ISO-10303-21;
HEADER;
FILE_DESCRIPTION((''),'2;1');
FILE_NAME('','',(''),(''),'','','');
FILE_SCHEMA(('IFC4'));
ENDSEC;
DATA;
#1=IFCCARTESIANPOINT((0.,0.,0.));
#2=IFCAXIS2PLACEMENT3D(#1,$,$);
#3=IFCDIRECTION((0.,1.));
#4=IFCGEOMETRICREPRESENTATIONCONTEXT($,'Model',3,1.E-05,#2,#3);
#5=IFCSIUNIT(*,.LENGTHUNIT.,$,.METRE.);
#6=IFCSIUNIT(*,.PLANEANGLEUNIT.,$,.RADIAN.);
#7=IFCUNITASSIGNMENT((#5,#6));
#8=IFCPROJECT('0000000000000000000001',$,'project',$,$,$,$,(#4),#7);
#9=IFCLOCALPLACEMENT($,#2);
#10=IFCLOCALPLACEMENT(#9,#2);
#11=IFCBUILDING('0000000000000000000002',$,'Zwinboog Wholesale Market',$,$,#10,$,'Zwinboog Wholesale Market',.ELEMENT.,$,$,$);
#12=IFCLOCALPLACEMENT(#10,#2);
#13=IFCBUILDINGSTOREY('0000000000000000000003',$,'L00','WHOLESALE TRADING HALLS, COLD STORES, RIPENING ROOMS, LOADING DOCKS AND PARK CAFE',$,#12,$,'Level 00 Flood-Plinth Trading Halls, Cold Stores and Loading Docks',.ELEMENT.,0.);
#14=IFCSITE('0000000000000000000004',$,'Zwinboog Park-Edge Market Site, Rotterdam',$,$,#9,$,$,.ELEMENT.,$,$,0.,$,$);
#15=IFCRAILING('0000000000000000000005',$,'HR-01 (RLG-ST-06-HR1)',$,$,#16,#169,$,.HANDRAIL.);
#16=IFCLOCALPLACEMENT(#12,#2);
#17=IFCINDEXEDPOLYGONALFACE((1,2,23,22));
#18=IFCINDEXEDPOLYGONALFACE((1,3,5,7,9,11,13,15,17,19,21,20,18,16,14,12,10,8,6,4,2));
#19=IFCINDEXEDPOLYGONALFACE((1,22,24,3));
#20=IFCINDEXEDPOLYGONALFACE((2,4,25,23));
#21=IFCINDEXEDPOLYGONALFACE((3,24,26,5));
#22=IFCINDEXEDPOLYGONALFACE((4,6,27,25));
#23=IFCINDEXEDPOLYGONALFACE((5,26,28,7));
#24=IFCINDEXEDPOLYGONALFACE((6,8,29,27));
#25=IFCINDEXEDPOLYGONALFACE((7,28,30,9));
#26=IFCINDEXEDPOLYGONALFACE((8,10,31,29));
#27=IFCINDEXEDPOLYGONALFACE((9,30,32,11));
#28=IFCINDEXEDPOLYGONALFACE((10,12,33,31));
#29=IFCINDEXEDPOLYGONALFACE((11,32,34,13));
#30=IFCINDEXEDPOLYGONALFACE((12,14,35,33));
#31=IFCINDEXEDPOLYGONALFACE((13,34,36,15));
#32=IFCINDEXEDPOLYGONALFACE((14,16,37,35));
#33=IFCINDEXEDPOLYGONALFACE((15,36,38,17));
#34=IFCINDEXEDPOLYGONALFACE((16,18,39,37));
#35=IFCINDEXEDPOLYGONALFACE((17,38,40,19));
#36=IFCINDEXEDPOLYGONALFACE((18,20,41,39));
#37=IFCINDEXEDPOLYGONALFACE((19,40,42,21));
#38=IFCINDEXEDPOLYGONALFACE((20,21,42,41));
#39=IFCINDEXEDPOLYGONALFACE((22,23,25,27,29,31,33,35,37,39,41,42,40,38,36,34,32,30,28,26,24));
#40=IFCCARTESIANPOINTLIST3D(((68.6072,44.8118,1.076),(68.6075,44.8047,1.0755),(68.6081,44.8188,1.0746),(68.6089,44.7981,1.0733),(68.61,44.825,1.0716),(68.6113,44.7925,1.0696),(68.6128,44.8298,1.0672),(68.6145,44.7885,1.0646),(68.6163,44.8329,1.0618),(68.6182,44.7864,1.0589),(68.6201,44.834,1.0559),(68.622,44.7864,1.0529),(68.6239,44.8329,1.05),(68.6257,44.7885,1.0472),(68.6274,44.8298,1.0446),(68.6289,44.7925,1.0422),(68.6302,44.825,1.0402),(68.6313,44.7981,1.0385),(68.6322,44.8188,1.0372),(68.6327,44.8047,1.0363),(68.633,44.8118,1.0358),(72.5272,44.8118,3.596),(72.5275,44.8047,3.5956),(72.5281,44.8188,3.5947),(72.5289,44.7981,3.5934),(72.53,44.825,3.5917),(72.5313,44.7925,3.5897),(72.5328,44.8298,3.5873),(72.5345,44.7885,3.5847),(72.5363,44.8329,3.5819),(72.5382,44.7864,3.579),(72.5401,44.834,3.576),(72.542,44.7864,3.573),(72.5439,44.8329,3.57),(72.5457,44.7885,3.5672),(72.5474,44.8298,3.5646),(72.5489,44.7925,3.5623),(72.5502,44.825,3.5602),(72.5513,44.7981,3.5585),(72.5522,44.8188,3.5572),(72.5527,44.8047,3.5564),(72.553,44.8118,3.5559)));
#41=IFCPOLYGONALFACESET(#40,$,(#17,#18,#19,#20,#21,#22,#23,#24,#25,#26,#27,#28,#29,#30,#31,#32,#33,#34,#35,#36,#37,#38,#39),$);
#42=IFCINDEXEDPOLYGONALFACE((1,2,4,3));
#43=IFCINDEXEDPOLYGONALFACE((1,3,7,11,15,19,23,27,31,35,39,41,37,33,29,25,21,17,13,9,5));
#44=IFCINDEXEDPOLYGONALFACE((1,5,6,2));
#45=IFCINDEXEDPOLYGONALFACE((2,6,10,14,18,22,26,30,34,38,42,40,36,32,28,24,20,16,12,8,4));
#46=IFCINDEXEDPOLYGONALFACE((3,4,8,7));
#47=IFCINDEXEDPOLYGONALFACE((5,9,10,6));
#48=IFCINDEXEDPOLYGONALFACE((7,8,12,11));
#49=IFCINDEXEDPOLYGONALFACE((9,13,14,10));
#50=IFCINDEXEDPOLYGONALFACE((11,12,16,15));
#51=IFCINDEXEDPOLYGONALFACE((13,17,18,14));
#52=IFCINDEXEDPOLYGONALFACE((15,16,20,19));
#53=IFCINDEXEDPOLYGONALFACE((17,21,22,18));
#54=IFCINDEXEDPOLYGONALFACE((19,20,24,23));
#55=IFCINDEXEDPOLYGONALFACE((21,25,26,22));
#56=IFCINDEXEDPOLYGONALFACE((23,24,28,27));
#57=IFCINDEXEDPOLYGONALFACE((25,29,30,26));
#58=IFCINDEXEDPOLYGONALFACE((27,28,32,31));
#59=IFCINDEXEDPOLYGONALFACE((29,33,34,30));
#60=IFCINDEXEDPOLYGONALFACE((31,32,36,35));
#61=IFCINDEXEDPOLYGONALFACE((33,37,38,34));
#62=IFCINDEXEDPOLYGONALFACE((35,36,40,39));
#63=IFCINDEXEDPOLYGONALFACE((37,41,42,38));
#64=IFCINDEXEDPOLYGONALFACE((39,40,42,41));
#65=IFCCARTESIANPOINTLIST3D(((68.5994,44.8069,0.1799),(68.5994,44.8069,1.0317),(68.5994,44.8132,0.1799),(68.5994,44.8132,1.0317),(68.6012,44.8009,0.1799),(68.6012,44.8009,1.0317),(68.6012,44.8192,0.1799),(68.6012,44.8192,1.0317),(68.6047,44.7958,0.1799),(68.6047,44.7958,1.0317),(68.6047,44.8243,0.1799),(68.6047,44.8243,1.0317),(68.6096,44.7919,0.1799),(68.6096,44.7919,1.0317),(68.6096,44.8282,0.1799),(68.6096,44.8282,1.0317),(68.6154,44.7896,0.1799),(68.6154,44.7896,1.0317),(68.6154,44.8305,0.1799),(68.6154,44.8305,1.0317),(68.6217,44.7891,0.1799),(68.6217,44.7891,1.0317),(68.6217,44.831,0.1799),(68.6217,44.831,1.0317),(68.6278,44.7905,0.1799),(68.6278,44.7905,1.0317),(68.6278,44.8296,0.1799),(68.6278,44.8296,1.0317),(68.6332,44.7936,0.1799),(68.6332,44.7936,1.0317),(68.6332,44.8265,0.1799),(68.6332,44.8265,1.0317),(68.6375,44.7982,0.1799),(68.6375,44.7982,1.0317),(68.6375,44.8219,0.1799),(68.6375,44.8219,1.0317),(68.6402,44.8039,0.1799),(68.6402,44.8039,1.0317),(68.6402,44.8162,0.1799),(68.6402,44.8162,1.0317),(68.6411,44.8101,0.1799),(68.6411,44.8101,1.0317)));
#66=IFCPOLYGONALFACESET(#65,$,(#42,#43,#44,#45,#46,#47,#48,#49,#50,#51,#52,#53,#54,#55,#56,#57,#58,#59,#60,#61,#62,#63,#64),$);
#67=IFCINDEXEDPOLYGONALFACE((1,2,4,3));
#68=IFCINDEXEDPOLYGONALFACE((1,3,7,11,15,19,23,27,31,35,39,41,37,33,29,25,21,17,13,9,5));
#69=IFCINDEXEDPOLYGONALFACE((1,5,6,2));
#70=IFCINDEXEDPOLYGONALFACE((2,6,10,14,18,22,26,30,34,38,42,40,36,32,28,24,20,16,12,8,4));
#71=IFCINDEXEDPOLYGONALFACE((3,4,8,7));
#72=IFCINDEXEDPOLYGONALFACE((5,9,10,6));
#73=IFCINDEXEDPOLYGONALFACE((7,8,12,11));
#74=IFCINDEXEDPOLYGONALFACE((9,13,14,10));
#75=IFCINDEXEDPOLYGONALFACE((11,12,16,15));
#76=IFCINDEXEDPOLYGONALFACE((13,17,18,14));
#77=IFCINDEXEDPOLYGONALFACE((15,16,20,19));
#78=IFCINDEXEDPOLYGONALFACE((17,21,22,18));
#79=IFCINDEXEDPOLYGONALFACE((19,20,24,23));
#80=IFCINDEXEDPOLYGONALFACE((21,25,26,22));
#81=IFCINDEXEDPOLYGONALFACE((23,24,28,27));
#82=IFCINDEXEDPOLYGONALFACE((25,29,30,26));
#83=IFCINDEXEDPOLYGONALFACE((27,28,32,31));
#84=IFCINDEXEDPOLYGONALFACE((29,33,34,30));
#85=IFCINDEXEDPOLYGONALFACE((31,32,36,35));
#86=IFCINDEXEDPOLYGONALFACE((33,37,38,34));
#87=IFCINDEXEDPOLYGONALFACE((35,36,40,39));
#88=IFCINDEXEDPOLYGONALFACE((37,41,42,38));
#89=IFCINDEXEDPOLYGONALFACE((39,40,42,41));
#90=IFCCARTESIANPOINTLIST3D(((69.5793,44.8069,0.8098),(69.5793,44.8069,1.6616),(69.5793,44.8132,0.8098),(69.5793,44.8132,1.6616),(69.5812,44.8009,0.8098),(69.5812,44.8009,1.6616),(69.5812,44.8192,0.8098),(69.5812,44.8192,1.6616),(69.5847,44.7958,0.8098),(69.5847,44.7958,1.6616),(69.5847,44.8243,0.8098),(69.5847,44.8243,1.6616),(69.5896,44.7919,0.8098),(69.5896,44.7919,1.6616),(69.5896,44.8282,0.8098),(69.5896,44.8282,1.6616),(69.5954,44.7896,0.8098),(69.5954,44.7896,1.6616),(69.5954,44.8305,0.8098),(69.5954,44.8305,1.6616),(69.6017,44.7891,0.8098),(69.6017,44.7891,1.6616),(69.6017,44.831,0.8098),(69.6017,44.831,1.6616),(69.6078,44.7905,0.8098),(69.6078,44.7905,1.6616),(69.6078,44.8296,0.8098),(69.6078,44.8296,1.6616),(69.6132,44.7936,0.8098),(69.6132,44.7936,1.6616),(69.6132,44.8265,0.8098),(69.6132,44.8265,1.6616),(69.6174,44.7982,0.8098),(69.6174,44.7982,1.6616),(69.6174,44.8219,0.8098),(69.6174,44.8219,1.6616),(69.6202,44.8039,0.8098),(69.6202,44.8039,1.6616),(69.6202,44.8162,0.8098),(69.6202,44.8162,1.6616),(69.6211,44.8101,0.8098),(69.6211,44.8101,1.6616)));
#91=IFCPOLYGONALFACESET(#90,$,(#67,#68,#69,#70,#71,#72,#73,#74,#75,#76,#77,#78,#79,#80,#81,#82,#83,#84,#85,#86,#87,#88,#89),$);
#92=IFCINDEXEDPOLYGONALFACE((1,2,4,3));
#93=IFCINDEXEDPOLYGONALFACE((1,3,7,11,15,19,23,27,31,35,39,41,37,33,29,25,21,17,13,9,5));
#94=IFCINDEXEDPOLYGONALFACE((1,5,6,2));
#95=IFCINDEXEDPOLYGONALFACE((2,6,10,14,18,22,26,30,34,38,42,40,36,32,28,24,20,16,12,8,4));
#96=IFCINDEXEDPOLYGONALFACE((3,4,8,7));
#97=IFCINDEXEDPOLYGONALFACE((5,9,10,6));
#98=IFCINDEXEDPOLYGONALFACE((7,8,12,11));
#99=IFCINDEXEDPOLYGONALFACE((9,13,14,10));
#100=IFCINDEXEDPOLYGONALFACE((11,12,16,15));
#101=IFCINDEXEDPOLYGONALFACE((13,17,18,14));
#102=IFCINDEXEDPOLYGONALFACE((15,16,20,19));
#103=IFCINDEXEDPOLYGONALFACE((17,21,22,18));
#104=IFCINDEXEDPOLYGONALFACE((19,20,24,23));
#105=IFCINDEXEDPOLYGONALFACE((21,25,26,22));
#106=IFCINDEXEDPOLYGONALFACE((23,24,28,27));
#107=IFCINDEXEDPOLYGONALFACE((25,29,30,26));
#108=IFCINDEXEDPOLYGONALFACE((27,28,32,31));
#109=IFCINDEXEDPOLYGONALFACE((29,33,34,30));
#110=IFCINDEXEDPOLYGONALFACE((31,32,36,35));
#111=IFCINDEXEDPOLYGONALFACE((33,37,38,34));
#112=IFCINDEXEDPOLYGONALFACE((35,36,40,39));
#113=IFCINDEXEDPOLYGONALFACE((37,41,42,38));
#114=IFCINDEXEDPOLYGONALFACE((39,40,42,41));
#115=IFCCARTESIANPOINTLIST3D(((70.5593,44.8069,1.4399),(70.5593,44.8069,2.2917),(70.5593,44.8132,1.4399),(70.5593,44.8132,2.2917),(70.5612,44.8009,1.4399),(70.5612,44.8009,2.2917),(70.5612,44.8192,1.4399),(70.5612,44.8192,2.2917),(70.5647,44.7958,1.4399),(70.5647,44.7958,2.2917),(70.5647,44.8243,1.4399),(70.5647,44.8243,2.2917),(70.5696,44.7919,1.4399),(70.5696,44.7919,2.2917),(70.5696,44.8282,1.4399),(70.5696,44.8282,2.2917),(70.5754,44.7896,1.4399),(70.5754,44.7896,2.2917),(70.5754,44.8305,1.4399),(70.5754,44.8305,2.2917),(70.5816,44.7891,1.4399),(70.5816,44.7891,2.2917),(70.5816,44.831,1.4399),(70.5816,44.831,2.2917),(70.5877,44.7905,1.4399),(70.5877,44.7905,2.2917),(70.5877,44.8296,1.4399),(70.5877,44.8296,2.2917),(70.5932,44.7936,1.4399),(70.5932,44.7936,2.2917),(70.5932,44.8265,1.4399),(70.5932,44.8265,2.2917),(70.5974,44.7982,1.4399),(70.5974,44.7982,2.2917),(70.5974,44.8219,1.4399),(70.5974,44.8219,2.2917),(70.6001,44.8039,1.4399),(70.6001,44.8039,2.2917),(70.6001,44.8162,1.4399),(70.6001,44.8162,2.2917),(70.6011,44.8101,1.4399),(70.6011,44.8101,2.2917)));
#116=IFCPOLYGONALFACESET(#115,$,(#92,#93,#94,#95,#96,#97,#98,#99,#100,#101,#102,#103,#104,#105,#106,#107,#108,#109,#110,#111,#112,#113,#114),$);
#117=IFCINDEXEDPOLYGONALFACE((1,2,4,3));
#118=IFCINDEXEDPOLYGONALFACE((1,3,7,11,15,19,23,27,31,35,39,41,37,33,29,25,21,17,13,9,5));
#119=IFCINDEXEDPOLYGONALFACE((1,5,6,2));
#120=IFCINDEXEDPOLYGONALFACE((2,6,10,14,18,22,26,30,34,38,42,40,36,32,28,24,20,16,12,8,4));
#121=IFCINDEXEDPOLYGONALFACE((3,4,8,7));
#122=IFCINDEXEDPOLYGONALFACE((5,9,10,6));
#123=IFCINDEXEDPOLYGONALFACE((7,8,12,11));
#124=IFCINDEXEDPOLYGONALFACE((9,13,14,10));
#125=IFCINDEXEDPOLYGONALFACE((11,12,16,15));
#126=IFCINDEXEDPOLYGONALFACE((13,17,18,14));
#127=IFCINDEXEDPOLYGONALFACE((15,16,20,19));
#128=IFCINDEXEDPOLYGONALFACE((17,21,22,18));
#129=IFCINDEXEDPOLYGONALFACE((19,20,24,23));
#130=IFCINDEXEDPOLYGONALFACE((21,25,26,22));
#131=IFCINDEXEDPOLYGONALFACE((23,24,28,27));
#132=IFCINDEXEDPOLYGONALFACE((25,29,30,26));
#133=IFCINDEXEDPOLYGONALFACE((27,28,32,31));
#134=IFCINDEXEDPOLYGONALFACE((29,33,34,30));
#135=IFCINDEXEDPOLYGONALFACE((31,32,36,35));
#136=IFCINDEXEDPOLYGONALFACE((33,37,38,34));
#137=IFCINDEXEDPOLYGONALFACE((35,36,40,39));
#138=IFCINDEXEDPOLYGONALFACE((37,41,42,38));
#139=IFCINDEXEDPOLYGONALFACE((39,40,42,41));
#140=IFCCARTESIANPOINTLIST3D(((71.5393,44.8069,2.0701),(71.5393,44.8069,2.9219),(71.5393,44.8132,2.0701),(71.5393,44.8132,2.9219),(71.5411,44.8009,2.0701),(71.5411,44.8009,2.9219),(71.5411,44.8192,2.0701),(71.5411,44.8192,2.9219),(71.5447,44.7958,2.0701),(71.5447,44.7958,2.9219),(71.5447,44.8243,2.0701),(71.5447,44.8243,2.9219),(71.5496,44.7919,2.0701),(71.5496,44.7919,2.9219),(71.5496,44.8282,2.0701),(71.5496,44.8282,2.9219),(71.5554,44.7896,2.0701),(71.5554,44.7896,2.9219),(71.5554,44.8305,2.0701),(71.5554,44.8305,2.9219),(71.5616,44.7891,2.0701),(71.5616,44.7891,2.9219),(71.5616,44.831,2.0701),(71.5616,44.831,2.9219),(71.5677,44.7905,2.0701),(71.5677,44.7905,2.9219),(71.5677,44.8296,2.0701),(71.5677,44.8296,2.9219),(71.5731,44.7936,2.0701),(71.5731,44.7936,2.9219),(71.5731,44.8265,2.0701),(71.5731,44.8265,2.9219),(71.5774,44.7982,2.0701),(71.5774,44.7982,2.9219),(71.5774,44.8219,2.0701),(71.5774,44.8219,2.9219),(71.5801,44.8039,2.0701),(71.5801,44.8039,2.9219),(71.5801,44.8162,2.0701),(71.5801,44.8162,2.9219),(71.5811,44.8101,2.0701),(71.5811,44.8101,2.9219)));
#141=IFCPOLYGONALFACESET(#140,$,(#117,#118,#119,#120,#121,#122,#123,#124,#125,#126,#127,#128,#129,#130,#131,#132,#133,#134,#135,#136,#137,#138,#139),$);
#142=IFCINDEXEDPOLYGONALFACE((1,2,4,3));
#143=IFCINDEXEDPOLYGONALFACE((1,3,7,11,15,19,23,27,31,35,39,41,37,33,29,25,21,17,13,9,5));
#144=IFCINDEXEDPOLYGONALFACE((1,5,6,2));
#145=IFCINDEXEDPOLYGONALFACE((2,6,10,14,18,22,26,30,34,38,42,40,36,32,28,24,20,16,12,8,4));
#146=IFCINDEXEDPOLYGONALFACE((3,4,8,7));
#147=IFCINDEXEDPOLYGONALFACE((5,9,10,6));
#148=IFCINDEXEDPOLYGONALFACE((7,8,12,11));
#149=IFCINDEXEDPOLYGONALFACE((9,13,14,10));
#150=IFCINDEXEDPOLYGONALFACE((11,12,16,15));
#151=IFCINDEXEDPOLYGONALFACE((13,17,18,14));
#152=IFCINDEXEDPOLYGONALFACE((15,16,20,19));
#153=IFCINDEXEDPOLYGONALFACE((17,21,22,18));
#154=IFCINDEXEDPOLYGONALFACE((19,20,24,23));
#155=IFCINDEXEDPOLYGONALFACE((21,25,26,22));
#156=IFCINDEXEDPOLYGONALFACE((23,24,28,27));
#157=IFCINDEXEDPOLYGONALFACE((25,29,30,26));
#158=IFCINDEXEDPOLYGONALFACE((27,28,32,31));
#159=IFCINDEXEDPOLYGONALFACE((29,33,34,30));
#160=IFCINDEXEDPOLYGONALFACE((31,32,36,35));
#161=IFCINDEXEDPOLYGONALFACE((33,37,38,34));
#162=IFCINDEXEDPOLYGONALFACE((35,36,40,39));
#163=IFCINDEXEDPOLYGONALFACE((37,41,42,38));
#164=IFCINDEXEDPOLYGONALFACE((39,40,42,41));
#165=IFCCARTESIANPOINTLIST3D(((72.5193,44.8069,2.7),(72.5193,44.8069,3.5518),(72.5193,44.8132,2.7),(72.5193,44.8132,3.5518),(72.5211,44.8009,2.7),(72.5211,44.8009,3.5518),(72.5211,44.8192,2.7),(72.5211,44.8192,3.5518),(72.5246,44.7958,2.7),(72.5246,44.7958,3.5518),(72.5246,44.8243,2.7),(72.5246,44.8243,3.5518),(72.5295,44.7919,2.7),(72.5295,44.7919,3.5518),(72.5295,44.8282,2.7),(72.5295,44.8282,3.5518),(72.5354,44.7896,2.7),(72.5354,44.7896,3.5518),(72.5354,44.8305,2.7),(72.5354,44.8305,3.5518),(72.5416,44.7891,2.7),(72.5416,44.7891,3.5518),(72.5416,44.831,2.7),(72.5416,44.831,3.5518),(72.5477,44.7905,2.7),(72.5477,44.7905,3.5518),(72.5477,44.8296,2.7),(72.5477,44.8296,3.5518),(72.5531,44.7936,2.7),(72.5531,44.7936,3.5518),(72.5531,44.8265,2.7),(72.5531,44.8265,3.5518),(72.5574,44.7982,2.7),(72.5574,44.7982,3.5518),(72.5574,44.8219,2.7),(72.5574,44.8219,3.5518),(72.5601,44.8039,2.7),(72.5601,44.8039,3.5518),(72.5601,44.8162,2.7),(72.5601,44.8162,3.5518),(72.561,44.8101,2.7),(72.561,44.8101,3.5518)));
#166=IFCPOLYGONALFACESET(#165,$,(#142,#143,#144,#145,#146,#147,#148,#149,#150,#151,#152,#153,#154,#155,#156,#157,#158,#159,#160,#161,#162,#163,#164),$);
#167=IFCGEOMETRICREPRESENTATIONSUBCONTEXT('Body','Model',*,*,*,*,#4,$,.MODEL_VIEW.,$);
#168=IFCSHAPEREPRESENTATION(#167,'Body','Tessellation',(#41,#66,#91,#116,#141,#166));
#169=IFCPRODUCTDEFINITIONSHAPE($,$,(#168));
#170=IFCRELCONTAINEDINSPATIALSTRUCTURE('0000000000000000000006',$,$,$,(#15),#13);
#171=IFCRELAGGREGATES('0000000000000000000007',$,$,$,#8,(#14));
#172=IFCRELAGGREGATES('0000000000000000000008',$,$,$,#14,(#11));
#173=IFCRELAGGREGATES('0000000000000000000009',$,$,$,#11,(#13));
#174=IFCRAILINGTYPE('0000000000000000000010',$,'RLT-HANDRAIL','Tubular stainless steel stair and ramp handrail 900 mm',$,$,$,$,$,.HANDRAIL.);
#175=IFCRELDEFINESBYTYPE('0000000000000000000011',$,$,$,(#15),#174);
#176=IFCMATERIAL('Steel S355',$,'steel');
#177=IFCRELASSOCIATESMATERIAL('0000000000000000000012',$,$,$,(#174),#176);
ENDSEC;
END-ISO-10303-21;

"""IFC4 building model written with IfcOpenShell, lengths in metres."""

from ifc_helpers import new_model, si_unit, direction, frame, origin, origin_2d, place, context, subcontext, project, spatial, circle, extrude, material, type_object, element, save


model = new_model("IFC4")

# Units and contexts
model_context = context("Model", 3, precision=1e-05, world=origin(), true_north=direction((0.0, 1.0)))
body_context = subcontext(model_context, "Body", "Model", "MODEL_VIEW")
ifc_project = project(units=[si_unit("LENGTHUNIT", "METRE"), si_unit("PLANEANGLEUNIT", "RADIAN")], contexts=[model_context])

# Site, building, storey
site_placement = place(None, origin())
site = spatial("IfcSite", under=ifc_project, at=site_placement, Name="Zwinboog Park-Edge Market Site, Rotterdam", CompositionType="ELEMENT", RefElevation=0.0)
building_placement = place(site_placement, origin())
building = spatial("IfcBuilding", under=site, at=building_placement, Name="Zwinboog Wholesale Market", LongName="Zwinboog Wholesale Market", CompositionType="ELEMENT")
storey_placement = place(building_placement, origin())
storey = spatial("IfcBuildingStorey", under=building, at=storey_placement, Name="L00", Description="WHOLESALE TRADING HALLS, COLD STORES, RIPENING ROOMS, LOADING DOCKS AND PARK CAFE", LongName="Level 00 Flood-Plinth Trading Halls, Cold Stores and Loading Docks", CompositionType="ELEMENT", Elevation=0.0)

# Railing
ifc_material_1 = material(Name="Steel S355", Category="steel")
railing_type_1 = type_object("IfcRailingType", Name="RLT-HANDRAIL", Description="Tubular stainless steel stair and ramp handrail 900 mm", PredefinedType="HANDRAIL", material=ifc_material_1)
railing_1_placement = place(storey_placement, frame((68.6201, 44.8101, 0.1799)))
element("IfcRailing", 1, at=railing_1_placement, inside=storey, type_object=railing_type_1, Name="HR-01 (RLG-ST-06-HR1)", PredefinedType="HANDRAIL", context=body_context, shape_type="SweptSolid", body=[
    extrude(circle(Radius=0.0239, at=origin_2d()), frame((0.0, 0.0, 0.876), z_axis=(0.841172, 0.0, 0.540768), x_axis=(0.0, 1.0, 0.0)), (0.0, 0.0, 1.0), 4.6602),
    extrude(circle(Radius=0.021, at=origin_2d()), origin(), (0.0, 0.0, 1.0), 0.8518),
    extrude(circle(Radius=0.021, at=origin_2d()), frame((0.98, 0.0, 0.6299)), (0.0, 0.0, 1.0), 0.8518),
    extrude(circle(Radius=0.021, at=origin_2d()), frame((1.96, 0.0, 1.26)), (0.0, 0.0, 1.0), 0.8518),
    extrude(circle(Radius=0.021, at=origin_2d()), frame((2.9399, 0.0, 1.8901)), (0.0, 0.0, 1.0), 0.8518),
    extrude(circle(Radius=0.021, at=origin_2d()), frame((3.9199, 0.0, 2.52)), (0.0, 0.0, 1.0), 0.8518),
])

save(model, "model.ifc")
